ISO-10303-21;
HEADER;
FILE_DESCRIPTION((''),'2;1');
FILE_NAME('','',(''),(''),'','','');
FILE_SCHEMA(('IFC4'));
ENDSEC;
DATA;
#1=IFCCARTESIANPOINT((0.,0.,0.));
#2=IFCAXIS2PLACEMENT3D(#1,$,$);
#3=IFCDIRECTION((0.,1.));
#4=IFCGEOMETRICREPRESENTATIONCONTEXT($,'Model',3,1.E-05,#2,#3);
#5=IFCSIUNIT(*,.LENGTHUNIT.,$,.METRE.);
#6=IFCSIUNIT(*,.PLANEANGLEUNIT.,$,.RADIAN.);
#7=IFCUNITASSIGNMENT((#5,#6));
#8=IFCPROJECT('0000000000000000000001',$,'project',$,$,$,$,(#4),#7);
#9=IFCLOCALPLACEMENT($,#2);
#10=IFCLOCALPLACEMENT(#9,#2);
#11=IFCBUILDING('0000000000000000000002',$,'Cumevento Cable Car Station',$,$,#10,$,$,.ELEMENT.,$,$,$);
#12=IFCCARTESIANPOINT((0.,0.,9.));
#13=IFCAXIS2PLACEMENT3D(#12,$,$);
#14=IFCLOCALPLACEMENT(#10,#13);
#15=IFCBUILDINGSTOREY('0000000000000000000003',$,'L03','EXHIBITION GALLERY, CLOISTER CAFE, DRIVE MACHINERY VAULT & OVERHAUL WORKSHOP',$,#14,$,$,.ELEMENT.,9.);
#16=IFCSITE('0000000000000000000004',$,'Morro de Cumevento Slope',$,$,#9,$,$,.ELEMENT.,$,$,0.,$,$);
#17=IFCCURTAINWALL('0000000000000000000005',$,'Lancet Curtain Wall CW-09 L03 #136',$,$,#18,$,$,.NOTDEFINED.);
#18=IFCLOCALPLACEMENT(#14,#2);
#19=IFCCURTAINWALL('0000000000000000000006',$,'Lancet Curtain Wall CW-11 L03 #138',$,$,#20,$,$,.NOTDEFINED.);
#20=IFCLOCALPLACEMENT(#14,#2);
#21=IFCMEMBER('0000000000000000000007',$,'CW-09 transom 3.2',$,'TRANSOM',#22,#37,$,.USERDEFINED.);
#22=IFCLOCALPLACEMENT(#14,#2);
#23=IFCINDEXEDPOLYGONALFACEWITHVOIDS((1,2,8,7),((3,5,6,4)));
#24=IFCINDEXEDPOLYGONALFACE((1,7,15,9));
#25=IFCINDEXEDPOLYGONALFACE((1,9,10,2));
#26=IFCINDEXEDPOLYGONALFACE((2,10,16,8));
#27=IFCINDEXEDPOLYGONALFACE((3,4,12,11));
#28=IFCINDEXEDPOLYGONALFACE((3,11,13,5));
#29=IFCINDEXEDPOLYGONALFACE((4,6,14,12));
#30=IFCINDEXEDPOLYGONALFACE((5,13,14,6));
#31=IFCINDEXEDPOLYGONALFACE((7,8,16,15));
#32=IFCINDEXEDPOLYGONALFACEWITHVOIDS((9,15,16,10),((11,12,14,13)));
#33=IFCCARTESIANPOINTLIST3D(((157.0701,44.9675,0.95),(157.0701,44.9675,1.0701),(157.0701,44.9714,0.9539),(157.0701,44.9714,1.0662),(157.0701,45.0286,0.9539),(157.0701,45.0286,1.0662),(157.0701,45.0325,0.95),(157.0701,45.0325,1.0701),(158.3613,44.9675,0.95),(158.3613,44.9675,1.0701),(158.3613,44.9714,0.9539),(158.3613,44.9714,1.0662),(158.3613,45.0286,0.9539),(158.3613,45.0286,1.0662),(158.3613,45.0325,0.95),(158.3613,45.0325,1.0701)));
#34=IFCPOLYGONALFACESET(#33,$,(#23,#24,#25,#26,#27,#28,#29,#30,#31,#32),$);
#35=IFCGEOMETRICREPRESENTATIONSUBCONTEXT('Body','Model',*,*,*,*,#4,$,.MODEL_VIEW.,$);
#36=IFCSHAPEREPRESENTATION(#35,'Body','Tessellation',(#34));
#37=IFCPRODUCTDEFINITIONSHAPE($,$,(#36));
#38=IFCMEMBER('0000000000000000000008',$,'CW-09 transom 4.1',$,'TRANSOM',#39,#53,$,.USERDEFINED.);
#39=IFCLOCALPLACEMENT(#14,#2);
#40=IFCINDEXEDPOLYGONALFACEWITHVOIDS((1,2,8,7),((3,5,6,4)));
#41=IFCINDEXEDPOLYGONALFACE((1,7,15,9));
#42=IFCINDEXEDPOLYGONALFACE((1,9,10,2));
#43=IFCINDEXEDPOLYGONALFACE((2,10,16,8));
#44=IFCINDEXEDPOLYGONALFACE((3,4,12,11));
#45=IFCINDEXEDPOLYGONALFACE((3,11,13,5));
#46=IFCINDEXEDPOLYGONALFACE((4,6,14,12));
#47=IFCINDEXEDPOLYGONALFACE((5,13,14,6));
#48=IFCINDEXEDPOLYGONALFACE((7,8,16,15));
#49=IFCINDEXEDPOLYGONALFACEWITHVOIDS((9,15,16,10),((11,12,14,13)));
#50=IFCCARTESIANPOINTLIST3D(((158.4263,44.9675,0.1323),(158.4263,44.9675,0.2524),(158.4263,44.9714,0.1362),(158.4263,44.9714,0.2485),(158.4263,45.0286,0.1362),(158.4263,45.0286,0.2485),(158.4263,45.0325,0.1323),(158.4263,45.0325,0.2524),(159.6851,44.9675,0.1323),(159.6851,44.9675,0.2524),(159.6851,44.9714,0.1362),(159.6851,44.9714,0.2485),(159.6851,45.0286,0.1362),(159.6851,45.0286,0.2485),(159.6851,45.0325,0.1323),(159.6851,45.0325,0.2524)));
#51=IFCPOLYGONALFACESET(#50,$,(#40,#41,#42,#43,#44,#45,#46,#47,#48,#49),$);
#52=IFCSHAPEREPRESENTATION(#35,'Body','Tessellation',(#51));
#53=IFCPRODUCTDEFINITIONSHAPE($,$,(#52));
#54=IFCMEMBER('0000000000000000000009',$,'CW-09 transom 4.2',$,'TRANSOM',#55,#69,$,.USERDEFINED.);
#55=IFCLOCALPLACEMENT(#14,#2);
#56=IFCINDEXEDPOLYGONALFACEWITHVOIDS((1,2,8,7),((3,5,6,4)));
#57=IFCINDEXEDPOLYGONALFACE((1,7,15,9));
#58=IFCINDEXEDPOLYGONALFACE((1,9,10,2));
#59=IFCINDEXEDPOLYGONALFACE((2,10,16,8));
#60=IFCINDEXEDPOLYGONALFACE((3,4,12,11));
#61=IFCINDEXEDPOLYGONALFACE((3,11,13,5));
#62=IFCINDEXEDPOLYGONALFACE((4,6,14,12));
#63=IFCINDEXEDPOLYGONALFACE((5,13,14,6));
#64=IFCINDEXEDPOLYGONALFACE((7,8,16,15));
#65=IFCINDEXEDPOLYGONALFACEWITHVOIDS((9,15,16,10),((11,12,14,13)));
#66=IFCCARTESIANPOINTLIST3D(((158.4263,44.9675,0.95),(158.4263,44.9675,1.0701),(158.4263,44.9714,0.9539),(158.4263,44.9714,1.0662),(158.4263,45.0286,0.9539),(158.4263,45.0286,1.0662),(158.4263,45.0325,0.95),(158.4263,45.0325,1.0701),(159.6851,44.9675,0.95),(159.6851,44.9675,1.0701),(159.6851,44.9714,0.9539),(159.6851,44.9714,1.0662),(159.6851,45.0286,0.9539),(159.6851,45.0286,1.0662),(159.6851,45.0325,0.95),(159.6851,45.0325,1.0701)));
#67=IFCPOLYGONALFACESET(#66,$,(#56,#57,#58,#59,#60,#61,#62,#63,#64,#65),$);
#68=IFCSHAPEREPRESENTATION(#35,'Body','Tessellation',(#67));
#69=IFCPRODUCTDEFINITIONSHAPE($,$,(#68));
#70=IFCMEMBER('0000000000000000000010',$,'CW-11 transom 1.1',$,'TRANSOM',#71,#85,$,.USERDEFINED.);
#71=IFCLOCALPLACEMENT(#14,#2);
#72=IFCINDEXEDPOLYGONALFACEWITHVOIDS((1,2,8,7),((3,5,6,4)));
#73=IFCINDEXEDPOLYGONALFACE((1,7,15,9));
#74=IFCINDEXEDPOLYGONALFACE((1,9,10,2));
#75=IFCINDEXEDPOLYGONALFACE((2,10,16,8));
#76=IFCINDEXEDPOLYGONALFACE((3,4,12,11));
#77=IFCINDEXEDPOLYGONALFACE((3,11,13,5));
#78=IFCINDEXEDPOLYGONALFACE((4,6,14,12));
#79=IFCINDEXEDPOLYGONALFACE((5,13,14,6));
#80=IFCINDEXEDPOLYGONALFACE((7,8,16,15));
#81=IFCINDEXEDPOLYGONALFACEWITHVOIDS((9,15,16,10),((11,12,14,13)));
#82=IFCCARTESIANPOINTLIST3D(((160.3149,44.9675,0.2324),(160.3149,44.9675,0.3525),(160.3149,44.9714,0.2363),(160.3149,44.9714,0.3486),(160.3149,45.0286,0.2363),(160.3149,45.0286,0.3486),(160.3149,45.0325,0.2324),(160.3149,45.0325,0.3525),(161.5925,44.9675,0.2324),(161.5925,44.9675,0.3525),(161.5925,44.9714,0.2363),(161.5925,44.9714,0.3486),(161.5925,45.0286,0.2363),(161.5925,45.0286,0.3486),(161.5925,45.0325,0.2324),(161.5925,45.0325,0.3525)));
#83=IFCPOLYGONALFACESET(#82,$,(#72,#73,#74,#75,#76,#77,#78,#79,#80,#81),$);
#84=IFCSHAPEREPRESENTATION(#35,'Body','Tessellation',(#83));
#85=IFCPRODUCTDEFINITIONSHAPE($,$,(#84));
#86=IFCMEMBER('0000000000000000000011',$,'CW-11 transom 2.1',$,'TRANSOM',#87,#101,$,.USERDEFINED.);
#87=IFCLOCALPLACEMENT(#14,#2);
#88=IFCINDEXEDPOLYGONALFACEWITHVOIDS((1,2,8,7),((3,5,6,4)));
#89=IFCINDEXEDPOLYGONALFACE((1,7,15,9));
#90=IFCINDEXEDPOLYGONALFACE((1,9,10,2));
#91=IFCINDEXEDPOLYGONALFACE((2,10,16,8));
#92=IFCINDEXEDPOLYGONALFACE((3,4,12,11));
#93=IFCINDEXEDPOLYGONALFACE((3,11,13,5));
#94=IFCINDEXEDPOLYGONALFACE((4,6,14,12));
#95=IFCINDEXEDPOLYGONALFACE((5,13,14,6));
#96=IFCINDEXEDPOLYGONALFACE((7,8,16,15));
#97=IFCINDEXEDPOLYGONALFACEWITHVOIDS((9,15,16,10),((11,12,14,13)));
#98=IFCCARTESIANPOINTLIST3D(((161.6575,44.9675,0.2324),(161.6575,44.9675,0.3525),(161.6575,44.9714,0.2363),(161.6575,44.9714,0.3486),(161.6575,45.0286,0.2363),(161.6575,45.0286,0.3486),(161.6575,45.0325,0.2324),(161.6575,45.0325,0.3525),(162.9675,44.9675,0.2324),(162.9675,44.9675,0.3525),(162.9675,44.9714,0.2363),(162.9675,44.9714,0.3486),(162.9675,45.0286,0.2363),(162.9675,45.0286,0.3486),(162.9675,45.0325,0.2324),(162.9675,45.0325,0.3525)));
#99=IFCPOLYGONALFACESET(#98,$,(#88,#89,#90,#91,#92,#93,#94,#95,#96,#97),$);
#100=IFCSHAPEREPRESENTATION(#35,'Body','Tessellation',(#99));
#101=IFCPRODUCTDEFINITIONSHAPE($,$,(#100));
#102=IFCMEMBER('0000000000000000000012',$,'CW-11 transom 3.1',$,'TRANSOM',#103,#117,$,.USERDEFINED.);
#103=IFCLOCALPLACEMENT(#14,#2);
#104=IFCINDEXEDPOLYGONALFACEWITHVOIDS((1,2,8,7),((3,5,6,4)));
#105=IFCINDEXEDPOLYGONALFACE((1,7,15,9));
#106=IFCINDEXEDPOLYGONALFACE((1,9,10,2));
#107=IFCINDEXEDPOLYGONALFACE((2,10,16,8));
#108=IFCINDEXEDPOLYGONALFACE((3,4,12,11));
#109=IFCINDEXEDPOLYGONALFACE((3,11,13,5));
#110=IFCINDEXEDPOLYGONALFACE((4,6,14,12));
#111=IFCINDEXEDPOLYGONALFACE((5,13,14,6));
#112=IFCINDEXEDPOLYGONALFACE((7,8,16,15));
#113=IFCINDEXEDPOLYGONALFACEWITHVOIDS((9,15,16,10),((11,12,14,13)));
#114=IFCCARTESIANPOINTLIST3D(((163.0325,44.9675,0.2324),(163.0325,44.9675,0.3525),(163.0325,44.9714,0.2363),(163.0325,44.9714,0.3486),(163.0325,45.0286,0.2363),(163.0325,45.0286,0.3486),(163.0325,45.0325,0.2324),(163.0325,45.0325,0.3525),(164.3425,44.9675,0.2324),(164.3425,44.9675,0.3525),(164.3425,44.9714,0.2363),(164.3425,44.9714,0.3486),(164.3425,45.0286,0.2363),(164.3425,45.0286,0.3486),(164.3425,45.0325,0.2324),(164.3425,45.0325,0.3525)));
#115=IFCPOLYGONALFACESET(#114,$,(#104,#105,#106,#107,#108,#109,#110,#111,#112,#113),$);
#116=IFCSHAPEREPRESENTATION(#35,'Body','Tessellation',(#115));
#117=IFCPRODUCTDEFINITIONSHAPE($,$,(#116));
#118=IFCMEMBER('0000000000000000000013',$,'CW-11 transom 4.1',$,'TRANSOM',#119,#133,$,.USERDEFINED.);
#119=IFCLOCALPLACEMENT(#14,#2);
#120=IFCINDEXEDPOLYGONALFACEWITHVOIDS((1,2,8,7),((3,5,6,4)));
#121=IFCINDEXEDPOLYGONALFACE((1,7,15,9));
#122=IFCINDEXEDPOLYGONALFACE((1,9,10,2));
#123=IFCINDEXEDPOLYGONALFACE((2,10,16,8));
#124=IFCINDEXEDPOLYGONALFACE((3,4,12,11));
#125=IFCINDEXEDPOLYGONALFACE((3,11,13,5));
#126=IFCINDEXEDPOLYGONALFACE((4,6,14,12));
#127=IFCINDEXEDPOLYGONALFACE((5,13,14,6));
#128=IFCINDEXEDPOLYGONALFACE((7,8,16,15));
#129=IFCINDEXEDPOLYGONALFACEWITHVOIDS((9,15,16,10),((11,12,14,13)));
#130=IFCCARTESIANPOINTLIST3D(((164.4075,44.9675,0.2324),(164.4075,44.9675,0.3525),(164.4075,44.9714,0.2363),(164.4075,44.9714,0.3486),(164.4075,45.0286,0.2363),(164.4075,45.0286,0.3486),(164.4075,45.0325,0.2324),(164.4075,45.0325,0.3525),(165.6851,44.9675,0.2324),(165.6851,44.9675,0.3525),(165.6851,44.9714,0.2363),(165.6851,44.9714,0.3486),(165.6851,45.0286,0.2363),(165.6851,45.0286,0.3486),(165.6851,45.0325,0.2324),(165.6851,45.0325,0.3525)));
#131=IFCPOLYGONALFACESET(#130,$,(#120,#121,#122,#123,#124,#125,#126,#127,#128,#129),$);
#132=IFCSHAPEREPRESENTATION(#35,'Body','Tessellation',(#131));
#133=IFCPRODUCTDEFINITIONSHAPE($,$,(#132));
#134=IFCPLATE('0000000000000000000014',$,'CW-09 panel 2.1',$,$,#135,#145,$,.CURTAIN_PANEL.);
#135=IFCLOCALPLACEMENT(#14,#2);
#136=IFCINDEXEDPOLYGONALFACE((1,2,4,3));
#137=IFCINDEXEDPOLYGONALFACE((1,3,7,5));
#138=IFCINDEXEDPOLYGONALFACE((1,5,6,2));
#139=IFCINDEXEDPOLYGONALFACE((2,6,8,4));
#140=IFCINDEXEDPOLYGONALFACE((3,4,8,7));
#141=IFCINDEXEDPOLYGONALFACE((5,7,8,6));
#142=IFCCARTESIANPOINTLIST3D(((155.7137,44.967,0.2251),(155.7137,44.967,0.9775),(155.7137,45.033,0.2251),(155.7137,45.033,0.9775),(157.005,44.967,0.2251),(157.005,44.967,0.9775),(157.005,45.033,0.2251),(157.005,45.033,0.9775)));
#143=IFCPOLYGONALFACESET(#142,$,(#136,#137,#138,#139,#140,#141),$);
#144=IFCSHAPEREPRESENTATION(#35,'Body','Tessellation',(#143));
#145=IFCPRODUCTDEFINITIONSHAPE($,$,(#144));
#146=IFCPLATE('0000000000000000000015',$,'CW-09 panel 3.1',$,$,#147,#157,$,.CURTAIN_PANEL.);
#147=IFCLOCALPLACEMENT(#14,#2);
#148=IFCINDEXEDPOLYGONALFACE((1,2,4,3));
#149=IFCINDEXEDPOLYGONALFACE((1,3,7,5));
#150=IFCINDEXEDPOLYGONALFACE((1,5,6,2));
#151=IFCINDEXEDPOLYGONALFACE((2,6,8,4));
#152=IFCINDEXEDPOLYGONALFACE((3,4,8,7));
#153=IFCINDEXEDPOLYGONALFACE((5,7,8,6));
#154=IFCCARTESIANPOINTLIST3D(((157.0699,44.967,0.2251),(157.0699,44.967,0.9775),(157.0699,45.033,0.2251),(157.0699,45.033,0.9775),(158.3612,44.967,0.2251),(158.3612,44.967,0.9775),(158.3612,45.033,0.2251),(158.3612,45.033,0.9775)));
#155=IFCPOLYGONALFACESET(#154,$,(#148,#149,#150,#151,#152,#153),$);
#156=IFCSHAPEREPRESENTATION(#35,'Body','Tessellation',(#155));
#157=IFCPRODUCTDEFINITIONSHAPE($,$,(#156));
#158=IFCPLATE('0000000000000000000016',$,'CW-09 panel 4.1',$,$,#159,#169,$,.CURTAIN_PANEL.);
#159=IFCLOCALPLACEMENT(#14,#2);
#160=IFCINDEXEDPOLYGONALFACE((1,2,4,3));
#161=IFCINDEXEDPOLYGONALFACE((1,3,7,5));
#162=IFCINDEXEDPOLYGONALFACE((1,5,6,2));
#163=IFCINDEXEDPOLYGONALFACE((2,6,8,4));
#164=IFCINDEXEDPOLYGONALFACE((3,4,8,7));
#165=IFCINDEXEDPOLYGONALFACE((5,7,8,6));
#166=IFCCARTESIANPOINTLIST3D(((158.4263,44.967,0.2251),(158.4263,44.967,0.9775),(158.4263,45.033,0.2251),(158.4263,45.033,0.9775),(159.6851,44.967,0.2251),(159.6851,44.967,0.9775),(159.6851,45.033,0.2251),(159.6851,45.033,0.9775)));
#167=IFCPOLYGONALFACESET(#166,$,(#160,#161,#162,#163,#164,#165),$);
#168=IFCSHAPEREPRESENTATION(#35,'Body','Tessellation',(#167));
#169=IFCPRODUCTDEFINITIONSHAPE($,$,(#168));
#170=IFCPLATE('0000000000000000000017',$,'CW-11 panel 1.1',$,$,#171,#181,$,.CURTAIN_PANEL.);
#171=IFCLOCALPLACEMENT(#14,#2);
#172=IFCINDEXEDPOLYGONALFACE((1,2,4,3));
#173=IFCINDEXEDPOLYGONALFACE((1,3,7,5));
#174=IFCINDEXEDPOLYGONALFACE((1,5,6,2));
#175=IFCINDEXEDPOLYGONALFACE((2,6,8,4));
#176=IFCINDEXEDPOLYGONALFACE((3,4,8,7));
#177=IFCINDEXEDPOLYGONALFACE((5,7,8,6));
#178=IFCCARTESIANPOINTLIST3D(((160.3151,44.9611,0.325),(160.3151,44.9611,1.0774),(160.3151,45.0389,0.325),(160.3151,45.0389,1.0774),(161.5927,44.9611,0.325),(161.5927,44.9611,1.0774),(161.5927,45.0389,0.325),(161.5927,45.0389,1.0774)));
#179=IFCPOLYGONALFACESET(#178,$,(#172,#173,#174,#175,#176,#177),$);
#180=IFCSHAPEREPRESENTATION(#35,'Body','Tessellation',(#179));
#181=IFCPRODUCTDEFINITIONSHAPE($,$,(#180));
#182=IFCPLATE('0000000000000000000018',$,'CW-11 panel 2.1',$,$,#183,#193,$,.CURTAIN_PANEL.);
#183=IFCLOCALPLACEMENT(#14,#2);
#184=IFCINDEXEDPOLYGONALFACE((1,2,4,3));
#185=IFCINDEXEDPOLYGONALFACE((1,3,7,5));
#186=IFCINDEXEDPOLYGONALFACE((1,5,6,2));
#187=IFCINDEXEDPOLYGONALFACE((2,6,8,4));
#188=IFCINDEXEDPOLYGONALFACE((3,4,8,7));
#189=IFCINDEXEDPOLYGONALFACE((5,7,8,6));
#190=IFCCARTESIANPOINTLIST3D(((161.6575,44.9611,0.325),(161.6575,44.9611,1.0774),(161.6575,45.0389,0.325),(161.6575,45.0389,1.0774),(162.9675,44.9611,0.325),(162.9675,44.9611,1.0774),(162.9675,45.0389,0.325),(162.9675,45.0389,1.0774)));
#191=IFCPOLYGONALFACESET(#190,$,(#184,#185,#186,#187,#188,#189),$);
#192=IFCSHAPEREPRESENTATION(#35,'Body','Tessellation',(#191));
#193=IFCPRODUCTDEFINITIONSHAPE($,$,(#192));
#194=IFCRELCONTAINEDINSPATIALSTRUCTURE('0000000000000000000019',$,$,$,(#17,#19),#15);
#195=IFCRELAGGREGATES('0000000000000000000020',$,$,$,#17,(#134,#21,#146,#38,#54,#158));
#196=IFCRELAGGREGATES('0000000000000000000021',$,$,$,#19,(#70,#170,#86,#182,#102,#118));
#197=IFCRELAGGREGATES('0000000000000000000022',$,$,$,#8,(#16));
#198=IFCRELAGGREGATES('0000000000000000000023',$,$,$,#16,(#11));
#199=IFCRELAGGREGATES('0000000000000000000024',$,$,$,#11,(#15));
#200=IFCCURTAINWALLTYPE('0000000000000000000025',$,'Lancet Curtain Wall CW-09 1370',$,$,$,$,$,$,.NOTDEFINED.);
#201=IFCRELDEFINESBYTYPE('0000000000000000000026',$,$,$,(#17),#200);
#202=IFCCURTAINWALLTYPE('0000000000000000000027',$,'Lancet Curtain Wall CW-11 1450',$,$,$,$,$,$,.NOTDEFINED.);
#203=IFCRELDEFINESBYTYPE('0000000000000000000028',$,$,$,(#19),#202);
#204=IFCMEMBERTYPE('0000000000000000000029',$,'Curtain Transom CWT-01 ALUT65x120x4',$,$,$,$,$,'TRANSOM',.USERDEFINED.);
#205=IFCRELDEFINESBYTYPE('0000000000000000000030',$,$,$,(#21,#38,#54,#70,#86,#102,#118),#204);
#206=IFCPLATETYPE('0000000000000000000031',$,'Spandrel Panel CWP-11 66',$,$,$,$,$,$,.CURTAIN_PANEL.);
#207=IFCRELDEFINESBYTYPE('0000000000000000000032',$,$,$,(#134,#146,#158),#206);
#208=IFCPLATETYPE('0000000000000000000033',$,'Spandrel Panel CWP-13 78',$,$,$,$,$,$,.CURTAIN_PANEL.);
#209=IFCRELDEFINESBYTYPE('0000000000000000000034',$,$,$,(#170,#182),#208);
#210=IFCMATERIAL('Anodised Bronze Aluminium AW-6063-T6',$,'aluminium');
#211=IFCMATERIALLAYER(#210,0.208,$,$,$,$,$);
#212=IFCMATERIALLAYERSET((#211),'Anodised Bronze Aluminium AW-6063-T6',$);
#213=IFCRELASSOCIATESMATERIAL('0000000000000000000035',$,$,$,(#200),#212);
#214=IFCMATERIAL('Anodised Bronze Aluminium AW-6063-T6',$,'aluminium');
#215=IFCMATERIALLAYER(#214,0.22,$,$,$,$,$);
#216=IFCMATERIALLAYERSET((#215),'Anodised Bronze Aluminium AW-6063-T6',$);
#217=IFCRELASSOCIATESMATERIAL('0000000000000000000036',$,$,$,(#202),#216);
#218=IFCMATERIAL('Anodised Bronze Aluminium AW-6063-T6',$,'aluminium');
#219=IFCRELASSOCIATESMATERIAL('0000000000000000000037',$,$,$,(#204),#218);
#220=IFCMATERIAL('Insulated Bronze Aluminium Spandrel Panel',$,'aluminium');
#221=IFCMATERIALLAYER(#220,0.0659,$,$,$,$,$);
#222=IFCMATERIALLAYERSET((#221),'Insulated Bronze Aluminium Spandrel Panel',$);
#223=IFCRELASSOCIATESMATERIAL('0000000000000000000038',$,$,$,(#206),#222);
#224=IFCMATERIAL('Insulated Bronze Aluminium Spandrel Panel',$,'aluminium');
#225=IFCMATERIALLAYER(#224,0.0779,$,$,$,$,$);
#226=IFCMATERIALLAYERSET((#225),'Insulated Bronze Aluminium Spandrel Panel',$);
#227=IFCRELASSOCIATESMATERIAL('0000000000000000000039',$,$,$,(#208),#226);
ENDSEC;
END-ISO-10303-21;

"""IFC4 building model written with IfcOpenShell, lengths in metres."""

from ifc_helpers import new_model, si_unit, direction, frame, origin, origin_2d, place, context, subcontext, project, spatial, rectangle, hollow_rectangle, extrude, material, layer, layer_set, material_profile, profile_set, type_object, element, aggregate, save


model = new_model("IFC4")

# Units and contexts
model_context = context("Model", 3, precision=1e-05, world=origin(), true_north=direction((0.0, 1.0)))
body_context = subcontext(model_context, "Body", "Model", "MODEL_VIEW")
ifc_project = project(units=[si_unit("LENGTHUNIT", "METRE"), si_unit("PLANEANGLEUNIT", "RADIAN")], contexts=[model_context])

# Site, building, storey
site_placement = place(None, origin())
site = spatial("IfcSite", under=ifc_project, at=site_placement, Name="Morro de Cumevento Slope", CompositionType="ELEMENT", RefElevation=0.0)
building_placement = place(site_placement, origin())
building = spatial("IfcBuilding", under=site, at=building_placement, Name="Cumevento Cable Car Station", CompositionType="ELEMENT")
storey_placement = place(building_placement, frame((0.0, 0.0, 9.0)))
storey = spatial("IfcBuildingStorey", under=building, at=storey_placement, Name="L03", Description="EXHIBITION GALLERY, CLOISTER CAFE, DRIVE MACHINERY VAULT & OVERHAUL WORKSHOP", CompositionType="ELEMENT", Elevation=9.0)

# Curtain walls
ifc_material_1 = material(Name="Anodised Bronze Aluminium AW-6063-T6", Category="aluminium")
ifc_layer_1 = layer(ifc_material_1, 0.208)
ifc_layer_set_1 = layer_set([ifc_layer_1], Name="Anodised Bronze Aluminium AW-6063-T6")
curtain_wall_type_1 = type_object("IfcCurtainWallType", Name="Lancet Curtain Wall CW-09 1370", PredefinedType="NOTDEFINED", material=ifc_layer_set_1)
curtain_wall_1_placement = place(storey_placement, origin())
curtain_wall_1 = element("IfcCurtainWall", 1, at=curtain_wall_1_placement, inside=storey, type_object=curtain_wall_type_1, Name="Lancet Curtain Wall CW-09 L03 #136", PredefinedType="NOTDEFINED")
ifc_material_2 = material(Name="Anodised Bronze Aluminium AW-6063-T6", Category="aluminium")
ifc_layer_2 = layer(ifc_material_2, 0.22)
ifc_layer_set_2 = layer_set([ifc_layer_2], Name="Anodised Bronze Aluminium AW-6063-T6")
curtain_wall_type_2 = type_object("IfcCurtainWallType", Name="Lancet Curtain Wall CW-11 1450", PredefinedType="NOTDEFINED", material=ifc_layer_set_2)
curtain_wall_2_placement = place(storey_placement, origin())
curtain_wall_2 = element("IfcCurtainWall", 2, at=curtain_wall_2_placement, inside=storey, type_object=curtain_wall_type_2, Name="Lancet Curtain Wall CW-11 L03 #138", PredefinedType="NOTDEFINED")

# Members
ifc_material_3 = material(Name="Anodised Bronze Aluminium AW-6063-T6", Category="aluminium")
ifc_material_profile_1 = material_profile(ifc_material_3, hollow_rectangle(XDim=0.0649, YDim=0.1201, WallThickness=0.0039, at=origin_2d()), Name="ALUT65x120x4")
ifc_profile_set_1 = profile_set([ifc_material_profile_1], Name="Anodised Bronze Aluminium AW-6063-T6")
member_type_1 = type_object("IfcMemberType", Name="Curtain Transom CWT-01 ALUT65x120x4", ElementType="TRANSOM", PredefinedType="USERDEFINED", material=ifc_profile_set_1)
member_1_placement = place(storey_placement, frame((157.0701, 45.0, 1.01), z_axis=(1.0, 0.0, 0.0), x_axis=(0.0, 1.0, 0.0)))
member_1 = element("IfcMember", 3, at=member_1_placement, type_object=member_type_1, Name="CW-09 transom 3.2", ObjectType="TRANSOM", PredefinedType="USERDEFINED", context=body_context, shape_type="SweptSolid", body=[
    extrude(hollow_rectangle(XDim=0.0649, YDim=0.1201, WallThickness=0.0039, at=origin_2d()), origin(), (0.0, 0.0, 1.0), 1.2913),
])
member_2_placement = place(storey_placement, frame((158.4263, 45.0, 0.1924), z_axis=(1.0, 0.0, 0.0), x_axis=(0.0, 1.0, 0.0)))
member_2 = element("IfcMember", 4, at=member_2_placement, type_object=member_type_1, Name="CW-09 transom 4.1", ObjectType="TRANSOM", PredefinedType="USERDEFINED", context=body_context, shape_type="SweptSolid", body=[
    extrude(hollow_rectangle(XDim=0.0649, YDim=0.1201, WallThickness=0.0039, at=origin_2d()), origin(), (0.0, 0.0, 1.0), 1.2588),
])
member_3_placement = place(storey_placement, frame((158.4263, 45.0, 1.01), z_axis=(1.0, 0.0, 0.0), x_axis=(0.0, 1.0, 0.0)))
member_3 = element("IfcMember", 5, at=member_3_placement, type_object=member_type_1, Name="CW-09 transom 4.2", ObjectType="TRANSOM", PredefinedType="USERDEFINED", context=body_context, shape_type="SweptSolid", body=[
    extrude(hollow_rectangle(XDim=0.0649, YDim=0.1201, WallThickness=0.0039, at=origin_2d()), origin(), (0.0, 0.0, 1.0), 1.2588),
])
member_4_placement = place(storey_placement, frame((160.3149, 45.0, 0.2925), z_axis=(1.0, 0.0, 0.0), x_axis=(0.0, 1.0, 0.0)))
member_4 = element("IfcMember", 6, at=member_4_placement, type_object=member_type_1, Name="CW-11 transom 1.1", ObjectType="TRANSOM", PredefinedType="USERDEFINED", context=body_context, shape_type="SweptSolid", body=[
    extrude(hollow_rectangle(XDim=0.0649, YDim=0.1201, WallThickness=0.0039, at=origin_2d()), origin(), (0.0, 0.0, 1.0), 1.2776),
])
member_5_placement = place(storey_placement, frame((161.6575, 45.0, 0.2925), z_axis=(1.0, 0.0, 0.0), x_axis=(0.0, 1.0, 0.0)))
member_5 = element("IfcMember", 7, at=member_5_placement, type_object=member_type_1, Name="CW-11 transom 2.1", ObjectType="TRANSOM", PredefinedType="USERDEFINED", context=body_context, shape_type="SweptSolid", body=[
    extrude(hollow_rectangle(XDim=0.0649, YDim=0.1201, WallThickness=0.0039, at=origin_2d()), origin(), (0.0, 0.0, 1.0), 1.3101),
])
member_6_placement = place(storey_placement, frame((163.0325, 45.0, 0.2925), z_axis=(1.0, 0.0, 0.0), x_axis=(0.0, 1.0, 0.0)))
member_6 = element("IfcMember", 8, at=member_6_placement, type_object=member_type_1, Name="CW-11 transom 3.1", ObjectType="TRANSOM", PredefinedType="USERDEFINED", context=body_context, shape_type="SweptSolid", body=[
    extrude(hollow_rectangle(XDim=0.0649, YDim=0.1201, WallThickness=0.0039, at=origin_2d()), origin(), (0.0, 0.0, 1.0), 1.3101),
])
member_7_placement = place(storey_placement, frame((164.4075, 45.0, 0.2925), z_axis=(1.0, 0.0, 0.0), x_axis=(0.0, 1.0, 0.0)))
member_7 = element("IfcMember", 9, at=member_7_placement, type_object=member_type_1, Name="CW-11 transom 4.1", ObjectType="TRANSOM", PredefinedType="USERDEFINED", context=body_context, shape_type="SweptSolid", body=[
    extrude(hollow_rectangle(XDim=0.0649, YDim=0.1201, WallThickness=0.0039, at=origin_2d()), origin(), (0.0, 0.0, 1.0), 1.2776),
])

# Plates
ifc_material_4 = material(Name="Insulated Bronze Aluminium Spandrel Panel", Category="aluminium")
ifc_layer_3 = layer(ifc_material_4, 0.0659)
ifc_layer_set_3 = layer_set([ifc_layer_3], Name="Insulated Bronze Aluminium Spandrel Panel")
plate_type_1 = type_object("IfcPlateType", Name="Spandrel Panel CWP-11 66", PredefinedType="CURTAIN_PANEL", material=ifc_layer_set_3)
plate_1_placement = place(storey_placement, frame((156.3594, 45.0, 0.2251), z_axis=(0.0, 0.0, 1.0), x_axis=(1.0, 0.0, 0.0)))
plate_1 = element("IfcPlate", 10, at=plate_1_placement, type_object=plate_type_1, Name="CW-09 panel 2.1", PredefinedType="CURTAIN_PANEL", context=body_context, shape_type="SweptSolid", body=[
    extrude(rectangle(XDim=1.2913, YDim=0.0659, at=origin_2d()), origin(), (0.0, 0.0, 1.0), 0.7524),
])
plate_2_placement = place(storey_placement, frame((157.7156, 45.0, 0.2251), z_axis=(0.0, 0.0, 1.0), x_axis=(1.0, 0.0, 0.0)))
plate_2 = element("IfcPlate", 11, at=plate_2_placement, type_object=plate_type_1, Name="CW-09 panel 3.1", PredefinedType="CURTAIN_PANEL", context=body_context, shape_type="SweptSolid", body=[
    extrude(rectangle(XDim=1.2913, YDim=0.0659, at=origin_2d()), origin(), (0.0, 0.0, 1.0), 0.7524),
])
plate_3_placement = place(storey_placement, frame((159.0557, 45.0, 0.2251), z_axis=(0.0, 0.0, 1.0), x_axis=(1.0, 0.0, 0.0)))
plate_3 = element("IfcPlate", 12, at=plate_3_placement, type_object=plate_type_1, Name="CW-09 panel 4.1", PredefinedType="CURTAIN_PANEL", context=body_context, shape_type="SweptSolid", body=[
    extrude(rectangle(XDim=1.2588, YDim=0.0659, at=origin_2d()), origin(), (0.0, 0.0, 1.0), 0.7524),
])
aggregate(curtain_wall_1, [plate_1, member_1, plate_2, member_2, member_3, plate_3])
ifc_material_5 = material(Name="Insulated Bronze Aluminium Spandrel Panel", Category="aluminium")
ifc_layer_4 = layer(ifc_material_5, 0.0779)
ifc_layer_set_4 = layer_set([ifc_layer_4], Name="Insulated Bronze Aluminium Spandrel Panel")
plate_type_2 = type_object("IfcPlateType", Name="Spandrel Panel CWP-13 78", PredefinedType="CURTAIN_PANEL", material=ifc_layer_set_4)
plate_4_placement = place(storey_placement, frame((160.9539, 45.0, 0.325), z_axis=(0.0, 0.0, 1.0), x_axis=(1.0, 0.0, 0.0)))
plate_4 = element("IfcPlate", 13, at=plate_4_placement, type_object=plate_type_2, Name="CW-11 panel 1.1", PredefinedType="CURTAIN_PANEL", context=body_context, shape_type="SweptSolid", body=[
    extrude(rectangle(XDim=1.2776, YDim=0.0779, at=origin_2d()), origin(), (0.0, 0.0, 1.0), 0.7524),
])
plate_5_placement = place(storey_placement, frame((162.3125, 45.0, 0.325), z_axis=(0.0, 0.0, 1.0), x_axis=(1.0, 0.0, 0.0)))
plate_5 = element("IfcPlate", 14, at=plate_5_placement, type_object=plate_type_2, Name="CW-11 panel 2.1", PredefinedType="CURTAIN_PANEL", context=body_context, shape_type="SweptSolid", body=[
    extrude(rectangle(XDim=1.3101, YDim=0.0779, at=origin_2d()), origin(), (0.0, 0.0, 1.0), 0.7524),
])
aggregate(curtain_wall_2, [member_4, plate_4, member_5, plate_5, member_6, member_7])

save(model, "model.ifc")
